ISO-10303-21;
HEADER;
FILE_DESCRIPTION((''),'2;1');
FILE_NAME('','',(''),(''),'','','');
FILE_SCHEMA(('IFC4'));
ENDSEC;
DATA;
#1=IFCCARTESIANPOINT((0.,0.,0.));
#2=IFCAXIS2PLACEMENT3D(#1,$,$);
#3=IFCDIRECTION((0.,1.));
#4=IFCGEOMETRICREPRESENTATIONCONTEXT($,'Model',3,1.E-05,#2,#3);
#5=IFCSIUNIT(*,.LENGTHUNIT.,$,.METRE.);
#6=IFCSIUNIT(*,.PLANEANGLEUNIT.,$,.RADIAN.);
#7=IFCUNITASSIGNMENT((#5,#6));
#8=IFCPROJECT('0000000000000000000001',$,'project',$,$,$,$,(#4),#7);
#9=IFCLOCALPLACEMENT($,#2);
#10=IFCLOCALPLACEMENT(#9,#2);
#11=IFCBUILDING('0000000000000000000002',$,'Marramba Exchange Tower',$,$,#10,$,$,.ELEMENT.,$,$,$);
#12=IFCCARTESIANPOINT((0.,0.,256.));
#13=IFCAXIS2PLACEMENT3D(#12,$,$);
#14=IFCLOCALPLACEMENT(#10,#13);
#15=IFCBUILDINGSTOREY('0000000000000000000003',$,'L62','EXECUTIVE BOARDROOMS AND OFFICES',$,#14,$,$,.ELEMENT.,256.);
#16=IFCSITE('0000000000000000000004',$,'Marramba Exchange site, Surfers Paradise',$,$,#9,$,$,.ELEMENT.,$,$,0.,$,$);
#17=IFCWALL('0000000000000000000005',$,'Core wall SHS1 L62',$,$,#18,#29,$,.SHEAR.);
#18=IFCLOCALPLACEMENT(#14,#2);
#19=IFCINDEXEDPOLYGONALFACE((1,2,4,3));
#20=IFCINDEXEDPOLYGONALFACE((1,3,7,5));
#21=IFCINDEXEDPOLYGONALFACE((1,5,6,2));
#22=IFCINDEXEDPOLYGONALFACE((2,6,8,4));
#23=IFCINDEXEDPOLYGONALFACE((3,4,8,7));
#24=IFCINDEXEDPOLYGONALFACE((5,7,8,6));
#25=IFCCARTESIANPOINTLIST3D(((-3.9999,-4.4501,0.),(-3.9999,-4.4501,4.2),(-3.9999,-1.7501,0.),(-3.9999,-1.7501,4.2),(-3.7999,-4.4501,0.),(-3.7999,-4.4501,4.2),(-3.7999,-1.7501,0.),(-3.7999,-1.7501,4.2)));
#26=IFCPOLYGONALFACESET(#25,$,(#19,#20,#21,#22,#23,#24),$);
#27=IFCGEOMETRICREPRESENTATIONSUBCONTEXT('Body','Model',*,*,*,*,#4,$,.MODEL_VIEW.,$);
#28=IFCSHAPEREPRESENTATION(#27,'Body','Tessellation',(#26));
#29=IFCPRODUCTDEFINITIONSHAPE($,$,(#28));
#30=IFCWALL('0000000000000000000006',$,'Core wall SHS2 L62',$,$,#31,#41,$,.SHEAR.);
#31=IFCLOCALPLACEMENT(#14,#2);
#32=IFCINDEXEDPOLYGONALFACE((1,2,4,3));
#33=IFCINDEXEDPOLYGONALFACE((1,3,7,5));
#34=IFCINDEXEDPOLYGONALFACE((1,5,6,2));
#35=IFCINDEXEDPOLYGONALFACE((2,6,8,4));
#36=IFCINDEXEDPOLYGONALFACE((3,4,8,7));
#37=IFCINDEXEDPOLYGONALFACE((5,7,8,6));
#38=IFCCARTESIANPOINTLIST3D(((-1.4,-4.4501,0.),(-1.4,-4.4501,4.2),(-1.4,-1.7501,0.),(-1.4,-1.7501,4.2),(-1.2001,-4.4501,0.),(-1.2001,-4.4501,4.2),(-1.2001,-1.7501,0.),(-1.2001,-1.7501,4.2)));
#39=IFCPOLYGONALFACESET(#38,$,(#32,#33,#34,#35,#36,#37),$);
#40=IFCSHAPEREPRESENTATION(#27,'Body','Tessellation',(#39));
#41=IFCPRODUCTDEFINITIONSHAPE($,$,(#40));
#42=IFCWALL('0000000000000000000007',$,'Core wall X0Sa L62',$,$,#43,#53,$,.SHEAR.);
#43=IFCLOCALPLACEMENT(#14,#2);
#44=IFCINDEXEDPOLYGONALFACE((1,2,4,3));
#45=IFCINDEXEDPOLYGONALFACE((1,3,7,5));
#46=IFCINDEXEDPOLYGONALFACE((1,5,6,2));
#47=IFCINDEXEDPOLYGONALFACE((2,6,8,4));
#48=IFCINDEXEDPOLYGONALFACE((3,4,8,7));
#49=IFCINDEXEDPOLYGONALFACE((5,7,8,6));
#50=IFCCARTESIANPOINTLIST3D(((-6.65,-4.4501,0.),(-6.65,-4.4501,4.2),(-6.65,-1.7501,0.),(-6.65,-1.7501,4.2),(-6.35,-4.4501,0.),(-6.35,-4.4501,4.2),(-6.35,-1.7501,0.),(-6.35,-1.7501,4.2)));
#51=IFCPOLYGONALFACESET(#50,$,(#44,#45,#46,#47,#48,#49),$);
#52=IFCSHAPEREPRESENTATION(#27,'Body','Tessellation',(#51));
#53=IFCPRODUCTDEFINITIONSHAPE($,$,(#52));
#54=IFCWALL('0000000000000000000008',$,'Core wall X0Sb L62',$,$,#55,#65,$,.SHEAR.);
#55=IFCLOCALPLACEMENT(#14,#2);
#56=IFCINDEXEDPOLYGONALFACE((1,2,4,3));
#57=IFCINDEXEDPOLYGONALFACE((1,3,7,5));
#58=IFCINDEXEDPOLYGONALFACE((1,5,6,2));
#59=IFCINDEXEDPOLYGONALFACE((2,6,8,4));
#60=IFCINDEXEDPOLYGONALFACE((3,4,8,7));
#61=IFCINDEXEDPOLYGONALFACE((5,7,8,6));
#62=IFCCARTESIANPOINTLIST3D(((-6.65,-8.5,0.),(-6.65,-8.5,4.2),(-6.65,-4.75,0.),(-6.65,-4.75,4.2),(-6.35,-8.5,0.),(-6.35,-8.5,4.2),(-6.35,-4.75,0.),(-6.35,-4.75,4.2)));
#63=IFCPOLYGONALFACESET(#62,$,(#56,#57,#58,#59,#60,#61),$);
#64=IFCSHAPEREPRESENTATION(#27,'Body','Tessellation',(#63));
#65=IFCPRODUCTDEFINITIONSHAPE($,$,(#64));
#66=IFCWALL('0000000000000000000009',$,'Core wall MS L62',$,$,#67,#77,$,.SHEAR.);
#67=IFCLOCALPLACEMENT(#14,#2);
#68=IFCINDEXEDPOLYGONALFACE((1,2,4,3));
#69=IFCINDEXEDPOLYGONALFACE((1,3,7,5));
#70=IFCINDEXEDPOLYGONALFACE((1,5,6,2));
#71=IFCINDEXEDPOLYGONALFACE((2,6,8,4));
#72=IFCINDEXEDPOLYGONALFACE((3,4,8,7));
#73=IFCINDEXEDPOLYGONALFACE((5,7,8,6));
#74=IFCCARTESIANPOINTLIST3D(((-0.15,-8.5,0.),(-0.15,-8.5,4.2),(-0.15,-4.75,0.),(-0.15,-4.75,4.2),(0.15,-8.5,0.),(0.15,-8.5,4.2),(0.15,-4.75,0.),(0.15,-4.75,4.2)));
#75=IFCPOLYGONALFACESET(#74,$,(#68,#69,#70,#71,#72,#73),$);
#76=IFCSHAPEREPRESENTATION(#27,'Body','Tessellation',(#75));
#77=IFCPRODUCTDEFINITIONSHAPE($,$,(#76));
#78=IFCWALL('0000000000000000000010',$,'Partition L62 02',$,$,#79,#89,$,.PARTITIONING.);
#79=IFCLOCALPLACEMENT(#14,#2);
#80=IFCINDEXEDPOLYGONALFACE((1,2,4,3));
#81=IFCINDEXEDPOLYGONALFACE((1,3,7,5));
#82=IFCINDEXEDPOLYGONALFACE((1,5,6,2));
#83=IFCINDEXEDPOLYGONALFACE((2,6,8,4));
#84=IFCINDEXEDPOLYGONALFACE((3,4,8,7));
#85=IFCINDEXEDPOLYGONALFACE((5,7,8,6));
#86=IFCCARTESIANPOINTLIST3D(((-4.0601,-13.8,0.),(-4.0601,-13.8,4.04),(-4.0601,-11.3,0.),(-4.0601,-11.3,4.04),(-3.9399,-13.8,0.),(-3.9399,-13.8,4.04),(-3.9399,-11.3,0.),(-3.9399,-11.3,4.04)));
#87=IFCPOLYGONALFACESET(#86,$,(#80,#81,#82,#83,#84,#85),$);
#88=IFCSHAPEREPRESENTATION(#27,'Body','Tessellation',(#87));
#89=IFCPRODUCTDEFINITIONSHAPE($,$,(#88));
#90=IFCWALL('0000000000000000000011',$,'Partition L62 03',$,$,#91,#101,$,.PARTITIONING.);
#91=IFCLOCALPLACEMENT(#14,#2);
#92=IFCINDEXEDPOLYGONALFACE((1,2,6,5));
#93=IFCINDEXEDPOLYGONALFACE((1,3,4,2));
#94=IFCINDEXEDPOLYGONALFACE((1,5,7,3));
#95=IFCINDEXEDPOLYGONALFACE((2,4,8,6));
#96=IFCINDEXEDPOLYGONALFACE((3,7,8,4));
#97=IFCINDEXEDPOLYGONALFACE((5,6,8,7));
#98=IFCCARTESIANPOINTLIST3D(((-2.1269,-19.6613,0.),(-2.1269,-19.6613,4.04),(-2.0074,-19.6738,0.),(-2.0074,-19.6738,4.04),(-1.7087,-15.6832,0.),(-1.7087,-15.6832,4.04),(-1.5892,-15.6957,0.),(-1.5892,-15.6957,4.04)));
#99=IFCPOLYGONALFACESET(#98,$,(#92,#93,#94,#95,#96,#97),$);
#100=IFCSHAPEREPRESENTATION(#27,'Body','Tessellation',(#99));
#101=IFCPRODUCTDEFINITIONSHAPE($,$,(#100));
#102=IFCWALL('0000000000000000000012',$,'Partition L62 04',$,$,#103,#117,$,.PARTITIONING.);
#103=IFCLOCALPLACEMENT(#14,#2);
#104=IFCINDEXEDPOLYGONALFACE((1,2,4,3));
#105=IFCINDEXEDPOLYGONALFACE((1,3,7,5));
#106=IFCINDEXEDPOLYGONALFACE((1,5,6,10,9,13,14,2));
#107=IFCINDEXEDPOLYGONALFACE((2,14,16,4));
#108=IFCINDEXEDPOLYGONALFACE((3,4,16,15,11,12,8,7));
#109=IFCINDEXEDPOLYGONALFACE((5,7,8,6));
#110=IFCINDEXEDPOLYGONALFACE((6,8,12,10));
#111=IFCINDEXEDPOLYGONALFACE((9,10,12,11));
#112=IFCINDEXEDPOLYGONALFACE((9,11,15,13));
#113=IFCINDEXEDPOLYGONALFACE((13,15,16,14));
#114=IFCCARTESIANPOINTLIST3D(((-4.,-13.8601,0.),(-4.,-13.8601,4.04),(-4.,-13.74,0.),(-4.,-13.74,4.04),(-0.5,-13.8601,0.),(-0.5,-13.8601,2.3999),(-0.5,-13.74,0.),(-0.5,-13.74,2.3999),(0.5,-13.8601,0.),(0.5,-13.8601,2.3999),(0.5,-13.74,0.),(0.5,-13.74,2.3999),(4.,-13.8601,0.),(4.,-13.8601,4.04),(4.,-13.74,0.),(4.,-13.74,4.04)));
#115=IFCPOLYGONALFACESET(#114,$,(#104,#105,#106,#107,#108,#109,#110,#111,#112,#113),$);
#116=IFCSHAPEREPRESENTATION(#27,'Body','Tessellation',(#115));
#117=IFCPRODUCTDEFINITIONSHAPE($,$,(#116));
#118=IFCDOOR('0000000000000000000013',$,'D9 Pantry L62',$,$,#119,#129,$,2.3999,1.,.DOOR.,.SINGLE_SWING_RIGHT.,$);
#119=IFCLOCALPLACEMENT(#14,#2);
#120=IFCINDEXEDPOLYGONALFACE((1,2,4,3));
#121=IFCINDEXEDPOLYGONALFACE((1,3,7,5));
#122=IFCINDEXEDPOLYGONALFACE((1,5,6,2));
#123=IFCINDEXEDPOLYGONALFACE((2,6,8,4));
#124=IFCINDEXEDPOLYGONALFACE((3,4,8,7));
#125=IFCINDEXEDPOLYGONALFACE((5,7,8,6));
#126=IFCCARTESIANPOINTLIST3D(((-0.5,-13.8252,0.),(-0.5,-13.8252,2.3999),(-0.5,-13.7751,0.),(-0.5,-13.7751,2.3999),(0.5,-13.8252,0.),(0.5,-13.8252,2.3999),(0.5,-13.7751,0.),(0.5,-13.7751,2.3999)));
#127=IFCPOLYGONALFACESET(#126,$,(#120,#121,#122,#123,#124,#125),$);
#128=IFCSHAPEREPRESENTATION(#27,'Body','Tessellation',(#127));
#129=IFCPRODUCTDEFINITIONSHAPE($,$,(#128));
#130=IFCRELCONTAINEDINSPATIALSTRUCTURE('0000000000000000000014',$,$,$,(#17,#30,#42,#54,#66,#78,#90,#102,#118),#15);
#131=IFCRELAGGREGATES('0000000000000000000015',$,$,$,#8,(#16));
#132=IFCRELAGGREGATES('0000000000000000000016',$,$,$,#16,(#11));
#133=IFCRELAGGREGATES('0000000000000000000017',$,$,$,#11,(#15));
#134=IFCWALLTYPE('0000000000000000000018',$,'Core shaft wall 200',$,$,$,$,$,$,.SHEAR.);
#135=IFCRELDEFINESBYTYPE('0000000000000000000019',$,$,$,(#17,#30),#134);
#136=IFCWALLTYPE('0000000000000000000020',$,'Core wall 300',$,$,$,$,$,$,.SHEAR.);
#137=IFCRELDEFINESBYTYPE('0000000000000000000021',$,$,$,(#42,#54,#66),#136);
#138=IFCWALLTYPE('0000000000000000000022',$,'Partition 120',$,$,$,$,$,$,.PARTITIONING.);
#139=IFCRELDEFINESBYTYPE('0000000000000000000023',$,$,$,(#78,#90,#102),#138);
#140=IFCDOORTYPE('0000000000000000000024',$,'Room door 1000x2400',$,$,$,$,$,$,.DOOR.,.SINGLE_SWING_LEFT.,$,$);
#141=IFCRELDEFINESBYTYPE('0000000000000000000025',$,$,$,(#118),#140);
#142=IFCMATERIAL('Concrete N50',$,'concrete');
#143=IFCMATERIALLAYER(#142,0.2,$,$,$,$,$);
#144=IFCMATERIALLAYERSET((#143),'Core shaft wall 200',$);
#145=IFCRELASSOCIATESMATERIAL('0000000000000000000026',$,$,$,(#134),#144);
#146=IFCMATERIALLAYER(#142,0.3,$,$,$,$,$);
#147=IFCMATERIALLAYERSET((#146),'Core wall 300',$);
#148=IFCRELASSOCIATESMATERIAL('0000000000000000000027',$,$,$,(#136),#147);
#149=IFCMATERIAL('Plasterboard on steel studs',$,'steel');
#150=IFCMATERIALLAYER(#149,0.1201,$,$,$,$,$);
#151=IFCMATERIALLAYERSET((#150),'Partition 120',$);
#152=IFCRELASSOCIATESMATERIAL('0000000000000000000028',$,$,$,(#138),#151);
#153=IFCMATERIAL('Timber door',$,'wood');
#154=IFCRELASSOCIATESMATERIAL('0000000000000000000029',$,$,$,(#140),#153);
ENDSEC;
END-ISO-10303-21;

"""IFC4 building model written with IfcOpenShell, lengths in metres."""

from ifc_helpers import new_model, si_unit, direction, frame, frame_2d, origin, place, context, subcontext, project, spatial, rectangle, extrude, material, layer, layer_set, type_object, element, fill, save


model = new_model("IFC4")

# Units and contexts
model_context = context("Model", 3, precision=1e-05, world=origin(), true_north=direction((0.0, 1.0)))
body_context = subcontext(model_context, "Body", "Model", "MODEL_VIEW")
ifc_project = project(units=[si_unit("LENGTHUNIT", "METRE"), si_unit("PLANEANGLEUNIT", "RADIAN")], contexts=[model_context])

# Site, building, storey
site_placement = place(None, origin())
site = spatial("IfcSite", under=ifc_project, at=site_placement, Name="Marramba Exchange site, Surfers Paradise", CompositionType="ELEMENT", RefElevation=0.0)
building_placement = place(site_placement, origin())
building = spatial("IfcBuilding", under=site, at=building_placement, Name="Marramba Exchange Tower", CompositionType="ELEMENT")
storey_placement = place(building_placement, frame((0.0, 0.0, 256.0)))
storey = spatial("IfcBuildingStorey", under=building, at=storey_placement, Name="L62", Description="EXECUTIVE BOARDROOMS AND OFFICES", CompositionType="ELEMENT", Elevation=256.0)

# Shared definitions
ifc_material_1 = material(Name="Concrete N50", Category="concrete")

# Walls
ifc_layer_1 = layer(ifc_material_1, 0.2)
ifc_layer_set_1 = layer_set([ifc_layer_1], Name="Core shaft wall 200")
wall_type_1 = type_object("IfcWallType", Name="Core shaft wall 200", PredefinedType="SHEAR", material=ifc_layer_set_1)
for number, where, z_axis, x_axis, name in (
    (1, (-3.8999, -1.75, 0.0), (0.0, 0.0, 1.0), (0.0, -1.0, 0.0), "Core wall SHS1 L62"),
    (2, (-1.3, -1.75, 0.0), (0.0, 0.0, 1.0), (0.0, -1.0, 0.0), "Core wall SHS2 L62"),
):
    element("IfcWall", number, at=place(storey_placement, frame(where, z_axis=z_axis, x_axis=x_axis)), inside=storey, type_object=wall_type_1, Name=name, PredefinedType="SHEAR", context=body_context, shape_type="SweptSolid", body=[
        extrude(rectangle(XDim=2.7, YDim=0.2, at=frame_2d((1.3501, 0.0))), origin(), (0.0, 0.0, 1.0), 4.2),
    ])
ifc_layer_2 = layer(ifc_material_1, 0.3)
ifc_layer_set_2 = layer_set([ifc_layer_2], Name="Core wall 300")
wall_type_2 = type_object("IfcWallType", Name="Core wall 300", PredefinedType="SHEAR", material=ifc_layer_set_2)
wall_1_placement = place(storey_placement, frame((-6.5, -1.75, 0.0), z_axis=(0.0, 0.0, 1.0), x_axis=(0.0, -1.0, 0.0)))
element("IfcWall", 3, at=wall_1_placement, inside=storey, type_object=wall_type_2, Name="Core wall X0Sa L62", PredefinedType="SHEAR", context=body_context, shape_type="SweptSolid", body=[
    extrude(rectangle(XDim=2.7, YDim=0.3, at=frame_2d((1.3501, 0.0))), origin(), (0.0, 0.0, 1.0), 4.2),
])
for number, where, z_axis, x_axis, name in (
    (4, (-6.5, -4.75, 0.0), (0.0, 0.0, 1.0), (0.0, -1.0, 0.0), "Core wall X0Sb L62"),
    (5, (0.0, -4.75, 0.0), (0.0, 0.0, 1.0), (0.0, -1.0, 0.0), "Core wall MS L62"),
):
    element("IfcWall", number, at=place(storey_placement, frame(where, z_axis=z_axis, x_axis=x_axis)), inside=storey, type_object=wall_type_2, Name=name, PredefinedType="SHEAR", context=body_context, shape_type="SweptSolid", body=[
        extrude(rectangle(XDim=3.75, YDim=0.3, at=frame_2d((1.875, 0.0))), origin(), (0.0, 0.0, 1.0), 4.2),
    ])
ifc_material_2 = material(Name="Plasterboard on steel studs", Category="steel")
ifc_layer_3 = layer(ifc_material_2, 0.1201)
ifc_layer_set_3 = layer_set([ifc_layer_3], Name="Partition 120")
wall_type_3 = type_object("IfcWallType", Name="Partition 120", PredefinedType="PARTITIONING", material=ifc_layer_set_3)
wall_2_placement = place(storey_placement, frame((-4.0, -11.3, 0.0), z_axis=(0.0, 0.0, 1.0), x_axis=(0.0, -1.0, 0.0)))
element("IfcWall", 6, at=wall_2_placement, inside=storey, type_object=wall_type_3, Name="Partition L62 02", PredefinedType="PARTITIONING", context=body_context, shape_type="SweptSolid", body=[
    extrude(rectangle(XDim=2.5, YDim=0.1201, at=frame_2d((1.25, 0.0))), origin(), (0.0, 0.0, 1.0), 4.04),
])
wall_3_placement = place(storey_placement, frame((-1.6489, -15.6895, 0.0), z_axis=(0.0, 0.0, 1.0), x_axis=(-0.104555, -0.994519, 0.0)))
element("IfcWall", 7, at=wall_3_placement, inside=storey, type_object=wall_type_3, Name="Partition L62 03", PredefinedType="PARTITIONING", context=body_context, shape_type="SweptSolid", body=[
    extrude(rectangle(XDim=4.0, YDim=0.1201, at=frame_2d((2.0, 0.0))), origin(), (0.0, 0.0, 1.0), 4.04),
])

# Wall, opening, door
wall_4_placement = place(storey_placement, frame((-4.0, -13.8, 0.0), z_axis=(0.0, 0.0, 1.0), x_axis=(1.0, 0.0, 0.0)))
wall_4 = element("IfcWall", 8, at=wall_4_placement, inside=storey, type_object=wall_type_3, Name="Partition L62 04", PredefinedType="PARTITIONING", context=body_context, shape_type="SweptSolid", body=[
    extrude(rectangle(XDim=8.0, YDim=0.1201, at=frame_2d((4.0, 0.0))), origin(), (0.0, 0.0, 1.0), 4.04),
])
opening_1_placement = place(wall_4_placement, frame((3.5, 0.0, 0.0)))
opening_1 = element("IfcOpeningElement", 9, at=opening_1_placement, cuts=wall_4, PredefinedType="OPENING", context=body_context, shape_type="SweptSolid", body=[
    extrude(rectangle(XDim=1.0, YDim=2.3999, at=frame_2d((0.5, 1.2))), frame((0.0, 0.0701, 0.0), z_axis=(0.0, -1.0, 0.0), x_axis=(1.0, 0.0, 0.0)), (0.0, 0.0, 1.0), 0.1401),
])
ifc_material_3 = material(Name="Timber door", Category="wood")
door_type = type_object("IfcDoorType", Name="Room door 1000x2400", OperationType="SINGLE_SWING_LEFT", PredefinedType="DOOR", material=ifc_material_3)
door_1_placement = place(opening_1_placement, origin())
door_1 = element("IfcDoor", 10, at=door_1_placement, inside=storey, type_object=door_type, Name="D9 Pantry L62", OperationType="SINGLE_SWING_RIGHT", OverallHeight=2.3999, OverallWidth=1.0, PredefinedType="DOOR", context=body_context, shape_type="SweptSolid", body=[
    extrude(rectangle(XDim=1.0, YDim=2.3999, at=frame_2d((0.5, 1.2))), frame((0.0, 0.0249, 0.0), z_axis=(0.0, -1.0, 0.0), x_axis=(1.0, 0.0, 0.0)), (0.0, 0.0, 1.0), 0.05),
])
fill(opening_1, door_1)

save(model, "model.ifc")
